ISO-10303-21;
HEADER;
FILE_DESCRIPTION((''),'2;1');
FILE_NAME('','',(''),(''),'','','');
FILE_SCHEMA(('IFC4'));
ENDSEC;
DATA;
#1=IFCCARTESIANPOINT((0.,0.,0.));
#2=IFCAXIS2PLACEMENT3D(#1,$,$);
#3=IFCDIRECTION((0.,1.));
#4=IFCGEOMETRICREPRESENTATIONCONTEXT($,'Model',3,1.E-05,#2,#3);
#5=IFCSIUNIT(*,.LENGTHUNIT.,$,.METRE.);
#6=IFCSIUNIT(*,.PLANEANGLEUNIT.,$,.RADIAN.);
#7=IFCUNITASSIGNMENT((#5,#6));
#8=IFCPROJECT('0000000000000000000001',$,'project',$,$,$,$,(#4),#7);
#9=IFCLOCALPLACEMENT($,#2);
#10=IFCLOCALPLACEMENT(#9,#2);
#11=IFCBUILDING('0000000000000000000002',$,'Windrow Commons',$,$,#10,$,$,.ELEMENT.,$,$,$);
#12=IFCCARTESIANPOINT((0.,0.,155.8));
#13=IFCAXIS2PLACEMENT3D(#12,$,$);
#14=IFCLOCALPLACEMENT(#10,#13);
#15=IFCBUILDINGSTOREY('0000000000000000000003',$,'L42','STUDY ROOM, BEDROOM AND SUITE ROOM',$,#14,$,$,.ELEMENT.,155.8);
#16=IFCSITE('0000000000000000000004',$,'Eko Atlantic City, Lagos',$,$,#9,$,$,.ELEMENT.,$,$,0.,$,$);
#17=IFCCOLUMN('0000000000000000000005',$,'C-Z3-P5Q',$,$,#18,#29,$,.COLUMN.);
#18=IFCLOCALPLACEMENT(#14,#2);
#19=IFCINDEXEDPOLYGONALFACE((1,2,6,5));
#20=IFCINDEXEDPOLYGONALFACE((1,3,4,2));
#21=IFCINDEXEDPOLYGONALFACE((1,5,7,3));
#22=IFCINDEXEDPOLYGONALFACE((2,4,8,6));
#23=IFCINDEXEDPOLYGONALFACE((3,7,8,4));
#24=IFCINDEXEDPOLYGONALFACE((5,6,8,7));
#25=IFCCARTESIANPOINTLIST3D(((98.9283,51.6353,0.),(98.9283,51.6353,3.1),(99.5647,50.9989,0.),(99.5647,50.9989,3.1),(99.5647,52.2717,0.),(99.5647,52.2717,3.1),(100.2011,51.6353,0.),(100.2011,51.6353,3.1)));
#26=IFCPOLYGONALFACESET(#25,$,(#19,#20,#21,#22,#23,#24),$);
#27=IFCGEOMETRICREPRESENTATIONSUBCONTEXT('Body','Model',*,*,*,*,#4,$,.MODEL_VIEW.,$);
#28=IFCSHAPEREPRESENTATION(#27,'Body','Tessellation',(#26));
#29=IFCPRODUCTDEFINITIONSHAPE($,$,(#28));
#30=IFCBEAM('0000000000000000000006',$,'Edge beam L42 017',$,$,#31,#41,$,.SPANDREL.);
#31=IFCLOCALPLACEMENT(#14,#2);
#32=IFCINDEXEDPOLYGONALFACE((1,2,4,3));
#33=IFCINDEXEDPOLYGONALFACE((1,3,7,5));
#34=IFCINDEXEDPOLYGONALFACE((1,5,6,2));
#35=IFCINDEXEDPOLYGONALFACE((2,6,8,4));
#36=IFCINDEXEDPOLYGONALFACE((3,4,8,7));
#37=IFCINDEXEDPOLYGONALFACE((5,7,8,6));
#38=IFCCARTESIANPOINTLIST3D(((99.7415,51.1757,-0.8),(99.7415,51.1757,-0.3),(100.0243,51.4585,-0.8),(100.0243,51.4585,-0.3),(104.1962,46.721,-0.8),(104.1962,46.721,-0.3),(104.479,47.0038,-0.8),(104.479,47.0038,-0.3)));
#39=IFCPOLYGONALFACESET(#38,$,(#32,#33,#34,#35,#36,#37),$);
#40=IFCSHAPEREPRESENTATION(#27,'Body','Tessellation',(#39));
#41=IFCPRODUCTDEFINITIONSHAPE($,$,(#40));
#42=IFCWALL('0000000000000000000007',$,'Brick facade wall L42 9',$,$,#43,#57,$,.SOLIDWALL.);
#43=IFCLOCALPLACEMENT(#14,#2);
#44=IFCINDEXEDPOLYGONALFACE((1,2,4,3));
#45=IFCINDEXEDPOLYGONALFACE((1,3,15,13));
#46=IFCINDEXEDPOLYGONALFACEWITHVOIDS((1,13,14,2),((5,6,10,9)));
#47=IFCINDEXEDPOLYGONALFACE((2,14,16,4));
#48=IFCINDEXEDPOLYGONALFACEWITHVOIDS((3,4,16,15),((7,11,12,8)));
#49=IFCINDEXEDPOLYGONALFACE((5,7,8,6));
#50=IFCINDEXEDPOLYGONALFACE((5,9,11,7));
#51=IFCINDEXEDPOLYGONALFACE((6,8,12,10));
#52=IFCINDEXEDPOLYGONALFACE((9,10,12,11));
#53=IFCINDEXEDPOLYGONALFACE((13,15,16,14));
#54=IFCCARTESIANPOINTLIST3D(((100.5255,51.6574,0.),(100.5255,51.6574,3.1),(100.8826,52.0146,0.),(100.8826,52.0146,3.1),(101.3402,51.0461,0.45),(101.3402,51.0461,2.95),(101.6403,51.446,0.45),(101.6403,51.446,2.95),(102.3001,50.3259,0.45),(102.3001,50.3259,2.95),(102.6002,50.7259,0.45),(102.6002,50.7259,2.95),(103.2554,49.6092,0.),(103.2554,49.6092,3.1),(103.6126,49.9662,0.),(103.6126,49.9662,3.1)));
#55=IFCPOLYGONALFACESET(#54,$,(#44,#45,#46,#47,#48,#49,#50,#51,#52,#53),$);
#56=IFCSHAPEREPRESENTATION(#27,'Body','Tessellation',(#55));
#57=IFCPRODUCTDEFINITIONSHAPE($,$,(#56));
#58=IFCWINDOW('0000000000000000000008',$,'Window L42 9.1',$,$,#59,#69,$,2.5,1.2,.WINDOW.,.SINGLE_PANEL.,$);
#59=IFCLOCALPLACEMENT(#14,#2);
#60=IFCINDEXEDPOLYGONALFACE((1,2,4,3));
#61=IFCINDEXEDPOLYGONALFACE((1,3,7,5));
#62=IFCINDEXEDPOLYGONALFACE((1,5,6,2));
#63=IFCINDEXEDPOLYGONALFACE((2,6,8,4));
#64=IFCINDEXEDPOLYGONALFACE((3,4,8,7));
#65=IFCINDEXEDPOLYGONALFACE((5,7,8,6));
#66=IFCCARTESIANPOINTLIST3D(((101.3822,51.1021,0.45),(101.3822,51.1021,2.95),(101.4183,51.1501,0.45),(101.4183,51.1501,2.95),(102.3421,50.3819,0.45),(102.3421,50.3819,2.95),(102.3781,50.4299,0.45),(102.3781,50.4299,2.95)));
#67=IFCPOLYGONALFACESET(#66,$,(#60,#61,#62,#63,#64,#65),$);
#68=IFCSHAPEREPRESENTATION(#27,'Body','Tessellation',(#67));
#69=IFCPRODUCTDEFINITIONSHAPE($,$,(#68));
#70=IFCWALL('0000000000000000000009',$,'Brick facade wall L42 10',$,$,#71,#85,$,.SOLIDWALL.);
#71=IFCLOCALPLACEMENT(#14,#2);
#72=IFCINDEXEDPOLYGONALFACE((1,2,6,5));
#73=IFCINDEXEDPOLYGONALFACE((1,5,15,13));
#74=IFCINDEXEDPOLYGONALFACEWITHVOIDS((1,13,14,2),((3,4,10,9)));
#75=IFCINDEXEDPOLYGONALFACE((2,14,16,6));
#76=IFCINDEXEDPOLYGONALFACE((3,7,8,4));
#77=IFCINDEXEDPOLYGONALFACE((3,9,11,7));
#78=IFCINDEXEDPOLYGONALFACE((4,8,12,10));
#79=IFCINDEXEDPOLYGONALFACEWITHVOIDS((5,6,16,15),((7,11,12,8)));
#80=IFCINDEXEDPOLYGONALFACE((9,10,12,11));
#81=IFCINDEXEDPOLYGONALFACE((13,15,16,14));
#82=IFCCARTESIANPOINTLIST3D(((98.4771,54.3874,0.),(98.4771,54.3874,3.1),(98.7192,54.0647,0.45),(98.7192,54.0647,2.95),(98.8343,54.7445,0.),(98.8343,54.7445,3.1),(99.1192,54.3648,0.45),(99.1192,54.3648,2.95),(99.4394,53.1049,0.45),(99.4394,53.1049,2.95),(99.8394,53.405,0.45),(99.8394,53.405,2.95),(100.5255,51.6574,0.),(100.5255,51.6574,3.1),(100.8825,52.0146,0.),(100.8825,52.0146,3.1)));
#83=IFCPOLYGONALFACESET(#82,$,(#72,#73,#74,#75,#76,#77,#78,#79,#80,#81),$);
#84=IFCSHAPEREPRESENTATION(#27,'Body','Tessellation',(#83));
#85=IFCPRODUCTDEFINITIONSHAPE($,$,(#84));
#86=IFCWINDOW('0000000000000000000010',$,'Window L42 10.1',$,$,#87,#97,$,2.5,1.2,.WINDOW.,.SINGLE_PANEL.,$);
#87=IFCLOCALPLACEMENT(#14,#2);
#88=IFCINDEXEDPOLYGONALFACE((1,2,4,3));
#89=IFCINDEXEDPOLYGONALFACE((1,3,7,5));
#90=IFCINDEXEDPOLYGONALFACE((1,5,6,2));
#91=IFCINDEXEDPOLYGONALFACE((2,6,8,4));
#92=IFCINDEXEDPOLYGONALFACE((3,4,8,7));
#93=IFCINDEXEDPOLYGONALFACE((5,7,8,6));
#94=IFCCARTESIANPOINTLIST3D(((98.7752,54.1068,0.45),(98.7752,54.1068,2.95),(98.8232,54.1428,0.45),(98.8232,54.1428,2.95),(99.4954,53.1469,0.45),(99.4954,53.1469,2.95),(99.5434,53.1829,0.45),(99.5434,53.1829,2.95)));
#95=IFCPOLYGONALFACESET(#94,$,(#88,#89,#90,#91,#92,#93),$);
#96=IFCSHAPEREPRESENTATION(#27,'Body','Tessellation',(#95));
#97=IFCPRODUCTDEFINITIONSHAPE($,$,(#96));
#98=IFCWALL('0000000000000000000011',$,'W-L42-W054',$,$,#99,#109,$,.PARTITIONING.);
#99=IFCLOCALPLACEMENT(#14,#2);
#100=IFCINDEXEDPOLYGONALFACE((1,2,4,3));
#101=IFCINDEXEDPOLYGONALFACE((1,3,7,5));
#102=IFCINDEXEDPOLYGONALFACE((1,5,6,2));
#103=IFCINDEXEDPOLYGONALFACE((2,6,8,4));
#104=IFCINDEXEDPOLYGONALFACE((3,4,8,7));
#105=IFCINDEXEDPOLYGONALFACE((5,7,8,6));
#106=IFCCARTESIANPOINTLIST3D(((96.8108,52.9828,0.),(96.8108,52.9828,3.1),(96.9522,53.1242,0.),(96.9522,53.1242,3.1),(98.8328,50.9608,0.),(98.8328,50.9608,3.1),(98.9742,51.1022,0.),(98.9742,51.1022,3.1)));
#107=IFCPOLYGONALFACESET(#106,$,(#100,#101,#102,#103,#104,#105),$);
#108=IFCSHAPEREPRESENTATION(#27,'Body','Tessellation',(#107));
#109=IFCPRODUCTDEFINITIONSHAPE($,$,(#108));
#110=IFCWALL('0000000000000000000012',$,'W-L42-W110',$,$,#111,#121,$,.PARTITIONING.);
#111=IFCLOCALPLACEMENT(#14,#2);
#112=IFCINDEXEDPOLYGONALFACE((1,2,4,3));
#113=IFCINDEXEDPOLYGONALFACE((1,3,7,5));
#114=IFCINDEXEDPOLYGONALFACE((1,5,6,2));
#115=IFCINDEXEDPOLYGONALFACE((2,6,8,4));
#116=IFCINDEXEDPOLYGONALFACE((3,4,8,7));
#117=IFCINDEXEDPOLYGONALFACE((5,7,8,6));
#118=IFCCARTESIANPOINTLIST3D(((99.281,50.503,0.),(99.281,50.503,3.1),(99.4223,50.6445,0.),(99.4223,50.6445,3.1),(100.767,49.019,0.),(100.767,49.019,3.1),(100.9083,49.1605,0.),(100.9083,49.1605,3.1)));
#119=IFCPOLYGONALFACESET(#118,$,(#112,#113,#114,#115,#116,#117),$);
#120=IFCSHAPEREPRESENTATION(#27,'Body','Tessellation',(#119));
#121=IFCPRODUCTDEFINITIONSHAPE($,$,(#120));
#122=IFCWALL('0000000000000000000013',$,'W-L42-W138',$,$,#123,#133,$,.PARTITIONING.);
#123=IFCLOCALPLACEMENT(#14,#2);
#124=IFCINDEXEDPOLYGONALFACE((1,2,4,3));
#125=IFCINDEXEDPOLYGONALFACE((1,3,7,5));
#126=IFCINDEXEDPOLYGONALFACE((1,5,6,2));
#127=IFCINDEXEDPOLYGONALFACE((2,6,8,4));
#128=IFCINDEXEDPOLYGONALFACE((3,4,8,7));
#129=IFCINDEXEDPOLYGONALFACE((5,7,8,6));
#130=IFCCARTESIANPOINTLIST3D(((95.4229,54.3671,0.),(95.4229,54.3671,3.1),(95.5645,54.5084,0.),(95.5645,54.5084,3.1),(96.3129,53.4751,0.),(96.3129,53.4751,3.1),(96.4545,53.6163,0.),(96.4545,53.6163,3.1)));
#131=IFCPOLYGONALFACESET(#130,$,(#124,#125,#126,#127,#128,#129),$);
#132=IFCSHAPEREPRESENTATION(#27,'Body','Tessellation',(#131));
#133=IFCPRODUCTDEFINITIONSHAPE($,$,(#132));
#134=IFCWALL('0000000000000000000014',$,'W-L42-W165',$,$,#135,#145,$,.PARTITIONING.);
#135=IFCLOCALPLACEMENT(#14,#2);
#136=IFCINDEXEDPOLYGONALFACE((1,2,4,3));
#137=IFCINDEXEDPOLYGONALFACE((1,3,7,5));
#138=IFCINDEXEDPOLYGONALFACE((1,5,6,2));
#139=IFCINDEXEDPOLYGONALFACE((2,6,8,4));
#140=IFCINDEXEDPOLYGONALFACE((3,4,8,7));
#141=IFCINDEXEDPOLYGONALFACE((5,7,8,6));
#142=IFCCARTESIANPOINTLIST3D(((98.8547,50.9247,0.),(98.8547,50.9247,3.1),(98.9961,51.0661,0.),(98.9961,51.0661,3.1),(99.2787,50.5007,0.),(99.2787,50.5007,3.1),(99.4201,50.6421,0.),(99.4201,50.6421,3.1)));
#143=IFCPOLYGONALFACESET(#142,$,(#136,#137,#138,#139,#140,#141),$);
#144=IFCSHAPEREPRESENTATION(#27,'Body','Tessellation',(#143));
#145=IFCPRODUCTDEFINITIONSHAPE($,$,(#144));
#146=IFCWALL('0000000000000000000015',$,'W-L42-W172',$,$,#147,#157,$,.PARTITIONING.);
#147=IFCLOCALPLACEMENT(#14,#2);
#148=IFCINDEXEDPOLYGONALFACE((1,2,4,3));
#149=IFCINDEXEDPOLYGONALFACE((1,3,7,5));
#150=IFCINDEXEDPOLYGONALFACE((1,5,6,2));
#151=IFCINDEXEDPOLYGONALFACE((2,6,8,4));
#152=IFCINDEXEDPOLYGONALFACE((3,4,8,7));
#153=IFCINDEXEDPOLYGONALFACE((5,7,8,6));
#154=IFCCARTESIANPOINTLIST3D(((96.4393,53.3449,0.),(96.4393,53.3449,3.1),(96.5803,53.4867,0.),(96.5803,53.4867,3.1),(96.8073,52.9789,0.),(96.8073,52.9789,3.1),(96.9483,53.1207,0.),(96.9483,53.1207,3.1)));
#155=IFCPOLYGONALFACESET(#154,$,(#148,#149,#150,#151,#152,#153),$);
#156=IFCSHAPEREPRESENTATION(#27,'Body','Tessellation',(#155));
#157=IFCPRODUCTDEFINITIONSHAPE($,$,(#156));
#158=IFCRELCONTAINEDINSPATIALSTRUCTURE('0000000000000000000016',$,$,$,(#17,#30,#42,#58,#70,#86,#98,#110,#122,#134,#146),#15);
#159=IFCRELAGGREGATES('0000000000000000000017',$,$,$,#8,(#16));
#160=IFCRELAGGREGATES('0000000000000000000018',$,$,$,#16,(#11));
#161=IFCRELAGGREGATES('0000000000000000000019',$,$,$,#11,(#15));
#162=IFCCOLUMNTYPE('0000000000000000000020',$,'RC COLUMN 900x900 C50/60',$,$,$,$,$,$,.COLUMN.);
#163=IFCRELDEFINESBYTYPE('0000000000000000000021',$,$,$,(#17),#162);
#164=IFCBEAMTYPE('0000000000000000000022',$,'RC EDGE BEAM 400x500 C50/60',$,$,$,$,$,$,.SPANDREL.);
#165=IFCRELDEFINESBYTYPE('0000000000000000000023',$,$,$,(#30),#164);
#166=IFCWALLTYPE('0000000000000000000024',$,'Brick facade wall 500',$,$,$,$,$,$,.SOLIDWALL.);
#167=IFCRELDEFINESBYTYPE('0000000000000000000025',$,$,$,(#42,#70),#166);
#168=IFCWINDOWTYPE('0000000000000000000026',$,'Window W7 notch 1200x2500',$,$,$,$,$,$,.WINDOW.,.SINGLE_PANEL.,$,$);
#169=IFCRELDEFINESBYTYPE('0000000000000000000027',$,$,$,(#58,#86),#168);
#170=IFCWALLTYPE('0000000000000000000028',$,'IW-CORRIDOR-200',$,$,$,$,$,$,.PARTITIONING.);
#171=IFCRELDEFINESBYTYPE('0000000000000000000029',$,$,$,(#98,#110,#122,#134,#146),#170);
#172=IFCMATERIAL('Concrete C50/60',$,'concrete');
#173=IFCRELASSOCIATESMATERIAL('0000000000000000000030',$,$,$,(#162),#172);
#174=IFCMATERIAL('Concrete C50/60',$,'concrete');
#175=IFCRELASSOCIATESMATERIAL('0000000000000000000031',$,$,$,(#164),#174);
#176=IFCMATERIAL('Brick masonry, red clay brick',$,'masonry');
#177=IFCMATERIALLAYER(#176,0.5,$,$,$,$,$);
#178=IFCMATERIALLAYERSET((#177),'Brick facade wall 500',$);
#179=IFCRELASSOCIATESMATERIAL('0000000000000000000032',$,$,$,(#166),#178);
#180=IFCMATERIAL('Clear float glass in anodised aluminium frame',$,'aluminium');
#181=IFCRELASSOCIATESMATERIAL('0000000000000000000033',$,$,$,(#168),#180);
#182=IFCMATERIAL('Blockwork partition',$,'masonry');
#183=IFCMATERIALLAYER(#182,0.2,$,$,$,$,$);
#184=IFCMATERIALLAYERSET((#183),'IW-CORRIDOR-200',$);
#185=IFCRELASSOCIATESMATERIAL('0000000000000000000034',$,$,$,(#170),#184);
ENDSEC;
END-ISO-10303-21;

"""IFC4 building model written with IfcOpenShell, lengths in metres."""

from ifc_helpers import new_model, si_unit, direction, frame, frame_2d, origin, origin_2d, place, context, subcontext, project, spatial, polyline, rectangle, outline, extrude, material, layer, layer_set, material_profile, profile_set, type_object, element, fill, save


model = new_model("IFC4")

# Units and contexts
model_context = context("Model", 3, precision=1e-05, world=origin(), true_north=direction((0.0, 1.0)))
body_context = subcontext(model_context, "Body", "Model", "MODEL_VIEW")
ifc_project = project(units=[si_unit("LENGTHUNIT", "METRE"), si_unit("PLANEANGLEUNIT", "RADIAN")], contexts=[model_context])

# Site, building, storey
site_placement = place(None, origin())
site = spatial("IfcSite", under=ifc_project, at=site_placement, Name="Eko Atlantic City, Lagos", CompositionType="ELEMENT", RefElevation=0.0)
building_placement = place(site_placement, origin())
building = spatial("IfcBuilding", under=site, at=building_placement, Name="Windrow Commons", CompositionType="ELEMENT")
storey_placement = place(building_placement, frame((0.0, 0.0, 155.8)))
storey = spatial("IfcBuildingStorey", under=building, at=storey_placement, Name="L42", Description="STUDY ROOM, BEDROOM AND SUITE ROOM", CompositionType="ELEMENT", Elevation=155.8)

# Column
ifc_material_1 = material(Name="Concrete C50/60", Category="concrete")
ifc_material_profile_1 = material_profile(ifc_material_1, rectangle(XDim=0.9, YDim=0.9, at=origin_2d()))
ifc_profile_set_1 = profile_set([ifc_material_profile_1], Name="Concrete C50/60")
column_type = type_object("IfcColumnType", Name="RC COLUMN 900x900 C50/60", PredefinedType="COLUMN", material=ifc_profile_set_1)
column_placement = place(storey_placement, frame((99.5647, 51.6353, 0.0), z_axis=(0.0, 0.0, 1.0), x_axis=(0.707107, -0.707107, 0.0)))
element("IfcColumn", 1, at=column_placement, inside=storey, type_object=column_type, Name="C-Z3-P5Q", PredefinedType="COLUMN", context=body_context, shape_type="SweptSolid", body=[
    extrude(rectangle(XDim=0.9, YDim=0.9, at=origin_2d()), origin(), (0.0, 0.0, 1.0), 3.1),
])

# Beam
ifc_material_2 = material(Name="Concrete C50/60", Category="concrete")
ifc_material_profile_2 = material_profile(ifc_material_2, rectangle(XDim=0.4, YDim=0.5, at=origin_2d()))
ifc_profile_set_2 = profile_set([ifc_material_profile_2], Name="Concrete C50/60")
beam_type = type_object("IfcBeamType", Name="RC EDGE BEAM 400x500 C50/60", PredefinedType="SPANDREL", material=ifc_profile_set_2)
beam_placement = place(storey_placement, frame((99.8829, 51.3171, -0.55), z_axis=(0.707107, -0.707107, 0.0), x_axis=(0.707107, 0.707107, 0.0)))
element("IfcBeam", 2, at=beam_placement, inside=storey, type_object=beam_type, Name="Edge beam L42 017", PredefinedType="SPANDREL", context=body_context, shape_type="SweptSolid", body=[
    extrude(rectangle(XDim=0.4, YDim=0.5, at=origin_2d()), origin(), (0.0, 0.0, 1.0), 6.2999),
])

# Walls, openings, windows
ifc_material_3 = material(Name="Brick masonry, red clay brick", Category="masonry")
ifc_layer_1 = layer(ifc_material_3, 0.5)
ifc_layer_set_1 = layer_set([ifc_layer_1], Name="Brick facade wall 500")
wall_type_1 = type_object("IfcWallType", Name="Brick facade wall 500", PredefinedType="SOLIDWALL", material=ifc_layer_set_1)
wall_1_placement = place(storey_placement, frame((103.434, 49.7877, 0.0), z_axis=(0.0, 0.0, 1.0), x_axis=(-0.799887, 0.60015, 0.0)))
wall_1 = element("IfcWall", 3, at=wall_1_placement, inside=storey, type_object=wall_type_1, Name="Brick facade wall L42 9", PredefinedType="SOLIDWALL", context=body_context, shape_type="SweptSolid", body=[
    extrude(outline(polyline([(-0.0357, -0.25), (3.3773, -0.25), (3.4486, 0.25), (0.0357, 0.25), (-0.0357, -0.25)])), origin(), (0.0, 0.0, 1.0), 3.1),
])
opening_1_placement = place(wall_1_placement, frame((1.23, 0.0, 0.45)))
opening_1 = element("IfcOpeningElement", 4, at=opening_1_placement, cuts=wall_1, PredefinedType="OPENING", context=body_context, shape_type="SweptSolid", body=[
    extrude(rectangle(XDim=1.2, YDim=2.5, at=frame_2d((0.6, 1.25))), frame((0.0, 0.26, 0.0), z_axis=(0.0, -1.0, 0.0), x_axis=(1.0, 0.0, 0.0)), (0.0, 0.0, 1.0), 0.52),
])
ifc_material_4 = material(Name="Clear float glass in anodised aluminium frame", Category="aluminium")
window_type = type_object("IfcWindowType", Name="Window W7 notch 1200x2500", PartitioningType="SINGLE_PANEL", PredefinedType="WINDOW", material=ifc_material_4)
window_1_placement = place(opening_1_placement, origin())
window_1 = element("IfcWindow", 5, at=window_1_placement, inside=storey, type_object=window_type, Name="Window L42 9.1", OverallHeight=2.5, OverallWidth=1.2, PartitioningType="SINGLE_PANEL", PredefinedType="WINDOW", context=body_context, shape_type="SweptSolid", body=[
    extrude(rectangle(XDim=1.2, YDim=2.5, at=frame_2d((0.6, 1.25))), frame((0.0, 0.18, 0.0), z_axis=(0.0, -1.0, 0.0), x_axis=(1.0, 0.0, 0.0)), (0.0, 0.0, 1.0), 0.06),
])
fill(opening_1, window_1)
wall_2_placement = place(storey_placement, frame((100.704, 51.836, 0.0), z_axis=(0.0, 0.0, 1.0), x_axis=(-0.60015, 0.799887, 0.0)))
wall_2 = element("IfcWall", 6, at=wall_2_placement, inside=storey, type_object=wall_type_1, Name="Brick facade wall L42 10", PredefinedType="SOLIDWALL", context=body_context, shape_type="SweptSolid", body=[
    extrude(outline(polyline([(0.0357, -0.25), (3.4486, -0.25), (3.3773, 0.25), (-0.0357, 0.25), (0.0357, -0.25)])), origin(), (0.0, 0.0, 1.0), 3.1),
])
opening_2_placement = place(wall_2_placement, frame((1.7739, 0.0, 0.45)))
opening_2 = element("IfcOpeningElement", 7, at=opening_2_placement, cuts=wall_2, PredefinedType="OPENING", context=body_context, shape_type="SweptSolid", body=[
    extrude(rectangle(XDim=1.2, YDim=2.5, at=frame_2d((0.6, 1.25))), frame((0.0, 0.26, 0.0), z_axis=(0.0, -1.0, 0.0), x_axis=(1.0, 0.0, 0.0)), (0.0, 0.0, 1.0), 0.52),
])
window_2_placement = place(opening_2_placement, origin())
window_2 = element("IfcWindow", 8, at=window_2_placement, inside=storey, type_object=window_type, Name="Window L42 10.1", OverallHeight=2.5, OverallWidth=1.2, PartitioningType="SINGLE_PANEL", PredefinedType="WINDOW", context=body_context, shape_type="SweptSolid", body=[
    extrude(rectangle(XDim=1.2, YDim=2.5, at=frame_2d((0.6, 1.25))), frame((0.0, 0.18, 0.0), z_axis=(0.0, -1.0, 0.0), x_axis=(1.0, 0.0, 0.0)), (0.0, 0.0, 1.0), 0.06),
])
fill(opening_2, window_2)

# Walls
ifc_material_5 = material(Name="Blockwork partition", Category="masonry")
ifc_layer_2 = layer(ifc_material_5, 0.2)
ifc_layer_set_2 = layer_set([ifc_layer_2], Name="IW-CORRIDOR-200")
wall_type_2 = type_object("IfcWallType", Name="IW-CORRIDOR-200", PredefinedType="PARTITIONING", material=ifc_layer_set_2)
wall_3_placement = place(storey_placement, frame((96.8815, 53.0535, 0.0), z_axis=(0.0, 0.0, 1.0), x_axis=(0.707107, -0.707107, 0.0)))
element("IfcWall", 9, at=wall_3_placement, inside=storey, type_object=wall_type_2, Name="W-L42-W054", PredefinedType="PARTITIONING", context=body_context, shape_type="SweptSolid", body=[
    extrude(rectangle(XDim=2.8595, YDim=0.2, at=frame_2d((1.4298, 0.0))), origin(), (0.0, 0.0, 1.0), 3.1),
])
wall_4_placement = place(storey_placement, frame((99.3517, 50.5737, 0.0), z_axis=(0.0, 0.0, 1.0), x_axis=(0.707583, -0.70663, 0.0)))
element("IfcWall", 10, at=wall_4_placement, inside=storey, type_object=wall_type_2, Name="W-L42-W110", PredefinedType="PARTITIONING", context=body_context, shape_type="SweptSolid", body=[
    extrude(rectangle(XDim=2.1001, YDim=0.2, at=frame_2d((1.05, 0.0))), origin(), (0.0, 0.0, 1.0), 3.1),
])
wall_5_placement = place(storey_placement, frame((95.4937, 54.4377, 0.0), z_axis=(0.0, 0.0, 1.0), x_axis=(0.706313, -0.7079, 0.0)))
element("IfcWall", 11, at=wall_5_placement, inside=storey, type_object=wall_type_2, Name="W-L42-W138", PredefinedType="PARTITIONING", context=body_context, shape_type="SweptSolid", body=[
    extrude(rectangle(XDim=1.2601, YDim=0.2, at=frame_2d((0.63, 0.0))), origin(), (0.0, 0.0, 1.0), 3.1),
])
wall_6_placement = place(storey_placement, frame((98.9254, 50.9954, 0.0), z_axis=(0.0, 0.0, 1.0), x_axis=(0.707107, -0.707107, 0.0)))
element("IfcWall", 12, at=wall_6_placement, inside=storey, type_object=wall_type_2, Name="W-L42-W165", PredefinedType="PARTITIONING", context=body_context, shape_type="SweptSolid", body=[
    extrude(rectangle(XDim=0.5996, YDim=0.2, at=frame_2d((0.2998, 0.0))), origin(), (0.0, 0.0, 1.0), 3.1),
])
wall_7_placement = place(storey_placement, frame((96.5098, 53.4158, 0.0), z_axis=(0.0, 0.0, 1.0), x_axis=(0.709031, -0.705177, 0.0)))
element("IfcWall", 13, at=wall_7_placement, inside=storey, type_object=wall_type_2, Name="W-L42-W172", PredefinedType="PARTITIONING", context=body_context, shape_type="SweptSolid", body=[
    extrude(rectangle(XDim=0.519, YDim=0.2, at=frame_2d((0.2595, 0.0))), origin(), (0.0, 0.0, 1.0), 3.1),
])

save(model, "model.ifc")
